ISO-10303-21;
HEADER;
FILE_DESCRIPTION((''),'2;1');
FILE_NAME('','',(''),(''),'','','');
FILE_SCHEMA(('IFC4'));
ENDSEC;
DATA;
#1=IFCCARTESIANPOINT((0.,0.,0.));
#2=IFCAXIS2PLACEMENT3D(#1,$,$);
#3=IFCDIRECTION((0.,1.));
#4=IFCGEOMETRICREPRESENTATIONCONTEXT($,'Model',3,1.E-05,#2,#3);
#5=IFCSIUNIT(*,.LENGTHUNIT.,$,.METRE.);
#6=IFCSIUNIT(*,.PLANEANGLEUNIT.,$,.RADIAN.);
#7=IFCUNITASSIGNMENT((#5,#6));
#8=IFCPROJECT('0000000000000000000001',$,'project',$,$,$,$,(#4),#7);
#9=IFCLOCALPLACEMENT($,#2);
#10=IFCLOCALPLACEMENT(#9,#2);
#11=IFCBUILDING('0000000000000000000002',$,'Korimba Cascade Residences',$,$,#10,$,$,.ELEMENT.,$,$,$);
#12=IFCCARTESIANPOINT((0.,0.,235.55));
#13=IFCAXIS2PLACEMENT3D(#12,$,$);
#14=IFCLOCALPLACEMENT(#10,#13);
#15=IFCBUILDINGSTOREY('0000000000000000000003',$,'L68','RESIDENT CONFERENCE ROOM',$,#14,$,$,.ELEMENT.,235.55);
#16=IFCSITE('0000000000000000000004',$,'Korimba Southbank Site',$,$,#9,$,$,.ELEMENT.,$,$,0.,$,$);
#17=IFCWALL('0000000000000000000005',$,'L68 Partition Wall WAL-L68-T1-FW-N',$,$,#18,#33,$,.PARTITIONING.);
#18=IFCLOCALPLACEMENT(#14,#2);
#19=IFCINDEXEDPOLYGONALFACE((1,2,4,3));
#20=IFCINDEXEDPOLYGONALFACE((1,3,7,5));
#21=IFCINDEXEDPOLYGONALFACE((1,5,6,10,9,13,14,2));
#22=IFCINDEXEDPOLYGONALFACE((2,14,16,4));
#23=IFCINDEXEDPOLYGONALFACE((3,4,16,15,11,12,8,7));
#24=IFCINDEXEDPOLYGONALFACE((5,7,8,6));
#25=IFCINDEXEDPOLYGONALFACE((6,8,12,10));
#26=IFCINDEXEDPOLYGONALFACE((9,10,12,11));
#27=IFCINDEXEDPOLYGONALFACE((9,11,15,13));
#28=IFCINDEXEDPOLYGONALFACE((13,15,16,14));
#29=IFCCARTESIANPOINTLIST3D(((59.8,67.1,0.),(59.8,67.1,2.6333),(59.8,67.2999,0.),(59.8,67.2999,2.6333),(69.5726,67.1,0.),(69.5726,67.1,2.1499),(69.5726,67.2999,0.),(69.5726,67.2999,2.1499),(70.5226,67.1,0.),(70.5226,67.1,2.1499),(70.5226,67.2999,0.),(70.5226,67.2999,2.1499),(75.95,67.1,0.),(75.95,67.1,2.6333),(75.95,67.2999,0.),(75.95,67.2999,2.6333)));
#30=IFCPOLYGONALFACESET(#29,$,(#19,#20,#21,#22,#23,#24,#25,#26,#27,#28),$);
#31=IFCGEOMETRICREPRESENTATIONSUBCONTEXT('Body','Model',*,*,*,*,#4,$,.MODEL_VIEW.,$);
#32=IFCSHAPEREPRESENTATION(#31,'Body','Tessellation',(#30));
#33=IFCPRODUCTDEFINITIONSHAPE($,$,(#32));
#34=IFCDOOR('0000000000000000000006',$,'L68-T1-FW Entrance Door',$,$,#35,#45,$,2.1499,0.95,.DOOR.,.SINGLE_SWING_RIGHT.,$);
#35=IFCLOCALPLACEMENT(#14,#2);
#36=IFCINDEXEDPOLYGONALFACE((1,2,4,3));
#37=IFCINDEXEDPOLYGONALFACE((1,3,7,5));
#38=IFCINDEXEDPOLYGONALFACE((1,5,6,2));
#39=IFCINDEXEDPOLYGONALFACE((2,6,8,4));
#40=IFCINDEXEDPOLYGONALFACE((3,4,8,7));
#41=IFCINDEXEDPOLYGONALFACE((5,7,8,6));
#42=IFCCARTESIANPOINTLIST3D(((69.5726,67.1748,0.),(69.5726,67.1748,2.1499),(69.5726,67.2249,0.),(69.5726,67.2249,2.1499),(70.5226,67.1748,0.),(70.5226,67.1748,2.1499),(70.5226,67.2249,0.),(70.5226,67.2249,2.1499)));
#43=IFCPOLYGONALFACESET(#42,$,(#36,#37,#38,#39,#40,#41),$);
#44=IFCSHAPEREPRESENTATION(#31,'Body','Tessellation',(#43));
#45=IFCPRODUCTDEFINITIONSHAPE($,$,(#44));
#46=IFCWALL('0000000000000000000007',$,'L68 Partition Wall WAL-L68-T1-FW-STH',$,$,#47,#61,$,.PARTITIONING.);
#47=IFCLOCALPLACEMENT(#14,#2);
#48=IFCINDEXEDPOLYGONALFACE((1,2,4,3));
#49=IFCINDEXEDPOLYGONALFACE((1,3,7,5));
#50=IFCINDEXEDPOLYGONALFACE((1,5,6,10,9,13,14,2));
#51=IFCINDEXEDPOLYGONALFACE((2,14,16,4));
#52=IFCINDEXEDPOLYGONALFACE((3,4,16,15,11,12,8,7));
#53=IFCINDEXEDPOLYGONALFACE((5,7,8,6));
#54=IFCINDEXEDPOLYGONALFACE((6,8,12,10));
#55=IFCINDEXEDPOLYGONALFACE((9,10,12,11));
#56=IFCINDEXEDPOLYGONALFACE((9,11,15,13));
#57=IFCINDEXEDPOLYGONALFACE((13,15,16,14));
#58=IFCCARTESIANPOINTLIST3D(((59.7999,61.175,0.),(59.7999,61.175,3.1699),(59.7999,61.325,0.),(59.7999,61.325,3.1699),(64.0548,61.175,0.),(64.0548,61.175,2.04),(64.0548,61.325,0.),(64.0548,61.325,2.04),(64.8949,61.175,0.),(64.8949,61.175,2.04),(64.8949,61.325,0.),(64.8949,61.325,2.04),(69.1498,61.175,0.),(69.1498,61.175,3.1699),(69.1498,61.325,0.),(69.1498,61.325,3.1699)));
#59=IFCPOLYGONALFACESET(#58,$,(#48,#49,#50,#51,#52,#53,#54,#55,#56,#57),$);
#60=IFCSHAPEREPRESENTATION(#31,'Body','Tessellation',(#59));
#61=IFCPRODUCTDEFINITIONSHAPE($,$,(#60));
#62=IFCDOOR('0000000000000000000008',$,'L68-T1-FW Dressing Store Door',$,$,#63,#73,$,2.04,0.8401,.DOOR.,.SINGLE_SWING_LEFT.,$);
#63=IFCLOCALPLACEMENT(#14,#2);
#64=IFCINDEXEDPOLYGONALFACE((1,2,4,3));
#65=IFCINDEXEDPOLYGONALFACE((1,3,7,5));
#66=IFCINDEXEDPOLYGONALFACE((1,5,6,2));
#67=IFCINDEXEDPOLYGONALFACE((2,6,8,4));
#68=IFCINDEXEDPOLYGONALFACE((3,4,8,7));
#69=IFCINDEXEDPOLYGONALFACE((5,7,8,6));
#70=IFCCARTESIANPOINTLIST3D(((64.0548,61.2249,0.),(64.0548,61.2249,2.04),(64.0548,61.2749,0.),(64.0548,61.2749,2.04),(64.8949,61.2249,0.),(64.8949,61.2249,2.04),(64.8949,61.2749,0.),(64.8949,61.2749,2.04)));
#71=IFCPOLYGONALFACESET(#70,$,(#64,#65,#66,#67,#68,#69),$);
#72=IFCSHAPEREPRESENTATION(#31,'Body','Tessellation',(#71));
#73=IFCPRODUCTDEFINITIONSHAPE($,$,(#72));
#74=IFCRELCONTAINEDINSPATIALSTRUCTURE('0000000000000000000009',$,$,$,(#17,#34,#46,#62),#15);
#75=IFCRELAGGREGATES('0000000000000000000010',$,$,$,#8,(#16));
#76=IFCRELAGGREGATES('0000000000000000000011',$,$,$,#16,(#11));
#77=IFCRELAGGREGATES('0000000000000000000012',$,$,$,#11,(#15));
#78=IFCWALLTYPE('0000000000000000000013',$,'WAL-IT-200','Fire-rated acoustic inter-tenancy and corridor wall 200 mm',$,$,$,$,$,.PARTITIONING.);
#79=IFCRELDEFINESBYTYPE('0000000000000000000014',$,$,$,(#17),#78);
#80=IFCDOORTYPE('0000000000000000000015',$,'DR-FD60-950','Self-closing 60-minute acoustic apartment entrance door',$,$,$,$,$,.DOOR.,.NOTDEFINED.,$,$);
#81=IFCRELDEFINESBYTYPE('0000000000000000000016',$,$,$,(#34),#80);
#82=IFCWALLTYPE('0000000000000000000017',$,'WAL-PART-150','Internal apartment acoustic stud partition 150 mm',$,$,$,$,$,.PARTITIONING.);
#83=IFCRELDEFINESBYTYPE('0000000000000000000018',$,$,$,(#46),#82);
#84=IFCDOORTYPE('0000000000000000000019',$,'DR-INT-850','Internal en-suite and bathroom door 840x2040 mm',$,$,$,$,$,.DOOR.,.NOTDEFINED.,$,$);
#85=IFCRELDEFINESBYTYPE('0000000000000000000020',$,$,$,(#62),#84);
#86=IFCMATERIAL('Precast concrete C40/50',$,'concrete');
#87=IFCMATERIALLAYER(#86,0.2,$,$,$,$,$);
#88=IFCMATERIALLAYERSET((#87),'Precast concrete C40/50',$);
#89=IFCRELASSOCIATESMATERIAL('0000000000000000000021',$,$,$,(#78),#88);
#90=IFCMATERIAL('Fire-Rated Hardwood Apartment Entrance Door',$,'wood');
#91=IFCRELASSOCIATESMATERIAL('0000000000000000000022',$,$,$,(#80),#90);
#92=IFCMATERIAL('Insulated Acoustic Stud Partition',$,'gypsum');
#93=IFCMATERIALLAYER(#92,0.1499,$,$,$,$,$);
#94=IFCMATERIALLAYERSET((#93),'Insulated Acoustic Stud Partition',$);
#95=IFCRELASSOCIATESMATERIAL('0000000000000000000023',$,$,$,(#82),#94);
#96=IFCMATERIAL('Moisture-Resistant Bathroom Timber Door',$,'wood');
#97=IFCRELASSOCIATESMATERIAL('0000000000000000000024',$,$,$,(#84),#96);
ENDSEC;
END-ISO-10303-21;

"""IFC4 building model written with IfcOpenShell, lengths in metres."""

from ifc_helpers import new_model, si_unit, direction, frame, frame_2d, origin, place, context, subcontext, project, spatial, rectangle, extrude, material, layer, layer_set, type_object, element, fill, save


model = new_model("IFC4")

# Units and contexts
model_context = context("Model", 3, precision=1e-05, world=origin(), true_north=direction((0.0, 1.0)))
body_context = subcontext(model_context, "Body", "Model", "MODEL_VIEW")
ifc_project = project(units=[si_unit("LENGTHUNIT", "METRE"), si_unit("PLANEANGLEUNIT", "RADIAN")], contexts=[model_context])

# Site, building, storey
site_placement = place(None, origin())
site = spatial("IfcSite", under=ifc_project, at=site_placement, Name="Korimba Southbank Site", CompositionType="ELEMENT", RefElevation=0.0)
building_placement = place(site_placement, origin())
building = spatial("IfcBuilding", under=site, at=building_placement, Name="Korimba Cascade Residences", CompositionType="ELEMENT")
storey_placement = place(building_placement, frame((0.0, 0.0, 235.55)))
storey = spatial("IfcBuildingStorey", under=building, at=storey_placement, Name="L68", Description="RESIDENT CONFERENCE ROOM", CompositionType="ELEMENT", Elevation=235.55)

# Shared definitions
ifc_material_1 = material(Name="Precast concrete C40/50", Category="concrete")

# Shared definitions
ifc_layer_1 = layer(ifc_material_1, 0.2)
ifc_layer_set_1 = layer_set([ifc_layer_1], Name="Precast concrete C40/50")
wall_type_1 = type_object("IfcWallType", Name="WAL-IT-200", Description="Fire-rated acoustic inter-tenancy and corridor wall 200 mm", PredefinedType="PARTITIONING", material=ifc_layer_set_1)

# Walls, openings, doors
wall_1_placement = place(storey_placement, frame((59.8, 67.2, 0.0), z_axis=(0.0, 0.0, 1.0), x_axis=(1.0, 0.0, 0.0)))
wall_1 = element("IfcWall", 1, at=wall_1_placement, inside=storey, type_object=wall_type_1, Name="L68 Partition Wall WAL-L68-T1-FW-N", PredefinedType="PARTITIONING", context=body_context, shape_type="SweptSolid", body=[
    extrude(rectangle(XDim=16.1499, YDim=0.2, at=frame_2d((8.075, 0.0))), origin(), (0.0, 0.0, 1.0), 2.6333),
])
opening_1_placement = place(wall_1_placement, frame((9.7725, 0.0, 0.0)))
opening_1 = element("IfcOpeningElement", 2, at=opening_1_placement, cuts=wall_1, PredefinedType="OPENING", context=body_context, shape_type="SweptSolid", body=[
    extrude(rectangle(XDim=0.95, YDim=2.1499, at=frame_2d((0.4751, 1.075))), frame((0.0, 0.1099, 0.0), z_axis=(0.0, -1.0, 0.0), x_axis=(1.0, 0.0, 0.0)), (0.0, 0.0, 1.0), 0.22),
])
ifc_material_2 = material(Name="Fire-Rated Hardwood Apartment Entrance Door", Category="wood")
door_type_1 = type_object("IfcDoorType", Name="DR-FD60-950", Description="Self-closing 60-minute acoustic apartment entrance door", OperationType="NOTDEFINED", PredefinedType="DOOR", material=ifc_material_2)
door_1_placement = place(opening_1_placement, origin())
door_1 = element("IfcDoor", 3, at=door_1_placement, inside=storey, type_object=door_type_1, Name="L68-T1-FW Entrance Door", OperationType="SINGLE_SWING_RIGHT", OverallHeight=2.1499, OverallWidth=0.95, PredefinedType="DOOR", context=body_context, shape_type="SweptSolid", body=[
    extrude(rectangle(XDim=0.95, YDim=2.1499, at=frame_2d((0.4751, 1.075))), frame((0.0, 0.0249, 0.0), z_axis=(0.0, -1.0, 0.0), x_axis=(1.0, 0.0, 0.0)), (0.0, 0.0, 1.0), 0.05),
])
fill(opening_1, door_1)
ifc_material_3 = material(Name="Insulated Acoustic Stud Partition", Category="gypsum")
ifc_layer_2 = layer(ifc_material_3, 0.1499)
ifc_layer_set_2 = layer_set([ifc_layer_2], Name="Insulated Acoustic Stud Partition")
wall_type_2 = type_object("IfcWallType", Name="WAL-PART-150", Description="Internal apartment acoustic stud partition 150 mm", PredefinedType="PARTITIONING", material=ifc_layer_set_2)
wall_2_placement = place(storey_placement, frame((59.8, 61.25, 0.0), z_axis=(0.0, 0.0, 1.0), x_axis=(1.0, 0.0, 0.0)))
wall_2 = element("IfcWall", 4, at=wall_2_placement, inside=storey, type_object=wall_type_2, Name="L68 Partition Wall WAL-L68-T1-FW-STH", PredefinedType="PARTITIONING", context=body_context, shape_type="SweptSolid", body=[
    extrude(rectangle(XDim=9.3499, YDim=0.1499, at=frame_2d((4.6748, 0.0))), origin(), (0.0, 0.0, 1.0), 3.1699),
])
opening_2_placement = place(wall_2_placement, frame((4.2549, 0.0, 0.0)))
opening_2 = element("IfcOpeningElement", 5, at=opening_2_placement, cuts=wall_2, PredefinedType="OPENING", context=body_context, shape_type="SweptSolid", body=[
    extrude(rectangle(XDim=0.8401, YDim=2.04, at=frame_2d((0.4199, 1.02))), frame((0.0, 0.085, 0.0), z_axis=(0.0, -1.0, 0.0), x_axis=(1.0, 0.0, 0.0)), (0.0, 0.0, 1.0), 0.1699),
])
ifc_material_4 = material(Name="Moisture-Resistant Bathroom Timber Door", Category="wood")
door_type_2 = type_object("IfcDoorType", Name="DR-INT-850", Description="Internal en-suite and bathroom door 840x2040 mm", OperationType="NOTDEFINED", PredefinedType="DOOR", material=ifc_material_4)
door_2_placement = place(opening_2_placement, origin())
door_2 = element("IfcDoor", 6, at=door_2_placement, inside=storey, type_object=door_type_2, Name="L68-T1-FW Dressing Store Door", OperationType="SINGLE_SWING_LEFT", OverallHeight=2.04, OverallWidth=0.8401, PredefinedType="DOOR", context=body_context, shape_type="SweptSolid", body=[
    extrude(rectangle(XDim=0.8401, YDim=2.04, at=frame_2d((0.4199, 1.02))), frame((0.0, 0.0249, 0.0), z_axis=(0.0, -1.0, 0.0), x_axis=(1.0, 0.0, 0.0)), (0.0, 0.0, 1.0), 0.05),
])
fill(opening_2, door_2)

save(model, "model.ifc")
